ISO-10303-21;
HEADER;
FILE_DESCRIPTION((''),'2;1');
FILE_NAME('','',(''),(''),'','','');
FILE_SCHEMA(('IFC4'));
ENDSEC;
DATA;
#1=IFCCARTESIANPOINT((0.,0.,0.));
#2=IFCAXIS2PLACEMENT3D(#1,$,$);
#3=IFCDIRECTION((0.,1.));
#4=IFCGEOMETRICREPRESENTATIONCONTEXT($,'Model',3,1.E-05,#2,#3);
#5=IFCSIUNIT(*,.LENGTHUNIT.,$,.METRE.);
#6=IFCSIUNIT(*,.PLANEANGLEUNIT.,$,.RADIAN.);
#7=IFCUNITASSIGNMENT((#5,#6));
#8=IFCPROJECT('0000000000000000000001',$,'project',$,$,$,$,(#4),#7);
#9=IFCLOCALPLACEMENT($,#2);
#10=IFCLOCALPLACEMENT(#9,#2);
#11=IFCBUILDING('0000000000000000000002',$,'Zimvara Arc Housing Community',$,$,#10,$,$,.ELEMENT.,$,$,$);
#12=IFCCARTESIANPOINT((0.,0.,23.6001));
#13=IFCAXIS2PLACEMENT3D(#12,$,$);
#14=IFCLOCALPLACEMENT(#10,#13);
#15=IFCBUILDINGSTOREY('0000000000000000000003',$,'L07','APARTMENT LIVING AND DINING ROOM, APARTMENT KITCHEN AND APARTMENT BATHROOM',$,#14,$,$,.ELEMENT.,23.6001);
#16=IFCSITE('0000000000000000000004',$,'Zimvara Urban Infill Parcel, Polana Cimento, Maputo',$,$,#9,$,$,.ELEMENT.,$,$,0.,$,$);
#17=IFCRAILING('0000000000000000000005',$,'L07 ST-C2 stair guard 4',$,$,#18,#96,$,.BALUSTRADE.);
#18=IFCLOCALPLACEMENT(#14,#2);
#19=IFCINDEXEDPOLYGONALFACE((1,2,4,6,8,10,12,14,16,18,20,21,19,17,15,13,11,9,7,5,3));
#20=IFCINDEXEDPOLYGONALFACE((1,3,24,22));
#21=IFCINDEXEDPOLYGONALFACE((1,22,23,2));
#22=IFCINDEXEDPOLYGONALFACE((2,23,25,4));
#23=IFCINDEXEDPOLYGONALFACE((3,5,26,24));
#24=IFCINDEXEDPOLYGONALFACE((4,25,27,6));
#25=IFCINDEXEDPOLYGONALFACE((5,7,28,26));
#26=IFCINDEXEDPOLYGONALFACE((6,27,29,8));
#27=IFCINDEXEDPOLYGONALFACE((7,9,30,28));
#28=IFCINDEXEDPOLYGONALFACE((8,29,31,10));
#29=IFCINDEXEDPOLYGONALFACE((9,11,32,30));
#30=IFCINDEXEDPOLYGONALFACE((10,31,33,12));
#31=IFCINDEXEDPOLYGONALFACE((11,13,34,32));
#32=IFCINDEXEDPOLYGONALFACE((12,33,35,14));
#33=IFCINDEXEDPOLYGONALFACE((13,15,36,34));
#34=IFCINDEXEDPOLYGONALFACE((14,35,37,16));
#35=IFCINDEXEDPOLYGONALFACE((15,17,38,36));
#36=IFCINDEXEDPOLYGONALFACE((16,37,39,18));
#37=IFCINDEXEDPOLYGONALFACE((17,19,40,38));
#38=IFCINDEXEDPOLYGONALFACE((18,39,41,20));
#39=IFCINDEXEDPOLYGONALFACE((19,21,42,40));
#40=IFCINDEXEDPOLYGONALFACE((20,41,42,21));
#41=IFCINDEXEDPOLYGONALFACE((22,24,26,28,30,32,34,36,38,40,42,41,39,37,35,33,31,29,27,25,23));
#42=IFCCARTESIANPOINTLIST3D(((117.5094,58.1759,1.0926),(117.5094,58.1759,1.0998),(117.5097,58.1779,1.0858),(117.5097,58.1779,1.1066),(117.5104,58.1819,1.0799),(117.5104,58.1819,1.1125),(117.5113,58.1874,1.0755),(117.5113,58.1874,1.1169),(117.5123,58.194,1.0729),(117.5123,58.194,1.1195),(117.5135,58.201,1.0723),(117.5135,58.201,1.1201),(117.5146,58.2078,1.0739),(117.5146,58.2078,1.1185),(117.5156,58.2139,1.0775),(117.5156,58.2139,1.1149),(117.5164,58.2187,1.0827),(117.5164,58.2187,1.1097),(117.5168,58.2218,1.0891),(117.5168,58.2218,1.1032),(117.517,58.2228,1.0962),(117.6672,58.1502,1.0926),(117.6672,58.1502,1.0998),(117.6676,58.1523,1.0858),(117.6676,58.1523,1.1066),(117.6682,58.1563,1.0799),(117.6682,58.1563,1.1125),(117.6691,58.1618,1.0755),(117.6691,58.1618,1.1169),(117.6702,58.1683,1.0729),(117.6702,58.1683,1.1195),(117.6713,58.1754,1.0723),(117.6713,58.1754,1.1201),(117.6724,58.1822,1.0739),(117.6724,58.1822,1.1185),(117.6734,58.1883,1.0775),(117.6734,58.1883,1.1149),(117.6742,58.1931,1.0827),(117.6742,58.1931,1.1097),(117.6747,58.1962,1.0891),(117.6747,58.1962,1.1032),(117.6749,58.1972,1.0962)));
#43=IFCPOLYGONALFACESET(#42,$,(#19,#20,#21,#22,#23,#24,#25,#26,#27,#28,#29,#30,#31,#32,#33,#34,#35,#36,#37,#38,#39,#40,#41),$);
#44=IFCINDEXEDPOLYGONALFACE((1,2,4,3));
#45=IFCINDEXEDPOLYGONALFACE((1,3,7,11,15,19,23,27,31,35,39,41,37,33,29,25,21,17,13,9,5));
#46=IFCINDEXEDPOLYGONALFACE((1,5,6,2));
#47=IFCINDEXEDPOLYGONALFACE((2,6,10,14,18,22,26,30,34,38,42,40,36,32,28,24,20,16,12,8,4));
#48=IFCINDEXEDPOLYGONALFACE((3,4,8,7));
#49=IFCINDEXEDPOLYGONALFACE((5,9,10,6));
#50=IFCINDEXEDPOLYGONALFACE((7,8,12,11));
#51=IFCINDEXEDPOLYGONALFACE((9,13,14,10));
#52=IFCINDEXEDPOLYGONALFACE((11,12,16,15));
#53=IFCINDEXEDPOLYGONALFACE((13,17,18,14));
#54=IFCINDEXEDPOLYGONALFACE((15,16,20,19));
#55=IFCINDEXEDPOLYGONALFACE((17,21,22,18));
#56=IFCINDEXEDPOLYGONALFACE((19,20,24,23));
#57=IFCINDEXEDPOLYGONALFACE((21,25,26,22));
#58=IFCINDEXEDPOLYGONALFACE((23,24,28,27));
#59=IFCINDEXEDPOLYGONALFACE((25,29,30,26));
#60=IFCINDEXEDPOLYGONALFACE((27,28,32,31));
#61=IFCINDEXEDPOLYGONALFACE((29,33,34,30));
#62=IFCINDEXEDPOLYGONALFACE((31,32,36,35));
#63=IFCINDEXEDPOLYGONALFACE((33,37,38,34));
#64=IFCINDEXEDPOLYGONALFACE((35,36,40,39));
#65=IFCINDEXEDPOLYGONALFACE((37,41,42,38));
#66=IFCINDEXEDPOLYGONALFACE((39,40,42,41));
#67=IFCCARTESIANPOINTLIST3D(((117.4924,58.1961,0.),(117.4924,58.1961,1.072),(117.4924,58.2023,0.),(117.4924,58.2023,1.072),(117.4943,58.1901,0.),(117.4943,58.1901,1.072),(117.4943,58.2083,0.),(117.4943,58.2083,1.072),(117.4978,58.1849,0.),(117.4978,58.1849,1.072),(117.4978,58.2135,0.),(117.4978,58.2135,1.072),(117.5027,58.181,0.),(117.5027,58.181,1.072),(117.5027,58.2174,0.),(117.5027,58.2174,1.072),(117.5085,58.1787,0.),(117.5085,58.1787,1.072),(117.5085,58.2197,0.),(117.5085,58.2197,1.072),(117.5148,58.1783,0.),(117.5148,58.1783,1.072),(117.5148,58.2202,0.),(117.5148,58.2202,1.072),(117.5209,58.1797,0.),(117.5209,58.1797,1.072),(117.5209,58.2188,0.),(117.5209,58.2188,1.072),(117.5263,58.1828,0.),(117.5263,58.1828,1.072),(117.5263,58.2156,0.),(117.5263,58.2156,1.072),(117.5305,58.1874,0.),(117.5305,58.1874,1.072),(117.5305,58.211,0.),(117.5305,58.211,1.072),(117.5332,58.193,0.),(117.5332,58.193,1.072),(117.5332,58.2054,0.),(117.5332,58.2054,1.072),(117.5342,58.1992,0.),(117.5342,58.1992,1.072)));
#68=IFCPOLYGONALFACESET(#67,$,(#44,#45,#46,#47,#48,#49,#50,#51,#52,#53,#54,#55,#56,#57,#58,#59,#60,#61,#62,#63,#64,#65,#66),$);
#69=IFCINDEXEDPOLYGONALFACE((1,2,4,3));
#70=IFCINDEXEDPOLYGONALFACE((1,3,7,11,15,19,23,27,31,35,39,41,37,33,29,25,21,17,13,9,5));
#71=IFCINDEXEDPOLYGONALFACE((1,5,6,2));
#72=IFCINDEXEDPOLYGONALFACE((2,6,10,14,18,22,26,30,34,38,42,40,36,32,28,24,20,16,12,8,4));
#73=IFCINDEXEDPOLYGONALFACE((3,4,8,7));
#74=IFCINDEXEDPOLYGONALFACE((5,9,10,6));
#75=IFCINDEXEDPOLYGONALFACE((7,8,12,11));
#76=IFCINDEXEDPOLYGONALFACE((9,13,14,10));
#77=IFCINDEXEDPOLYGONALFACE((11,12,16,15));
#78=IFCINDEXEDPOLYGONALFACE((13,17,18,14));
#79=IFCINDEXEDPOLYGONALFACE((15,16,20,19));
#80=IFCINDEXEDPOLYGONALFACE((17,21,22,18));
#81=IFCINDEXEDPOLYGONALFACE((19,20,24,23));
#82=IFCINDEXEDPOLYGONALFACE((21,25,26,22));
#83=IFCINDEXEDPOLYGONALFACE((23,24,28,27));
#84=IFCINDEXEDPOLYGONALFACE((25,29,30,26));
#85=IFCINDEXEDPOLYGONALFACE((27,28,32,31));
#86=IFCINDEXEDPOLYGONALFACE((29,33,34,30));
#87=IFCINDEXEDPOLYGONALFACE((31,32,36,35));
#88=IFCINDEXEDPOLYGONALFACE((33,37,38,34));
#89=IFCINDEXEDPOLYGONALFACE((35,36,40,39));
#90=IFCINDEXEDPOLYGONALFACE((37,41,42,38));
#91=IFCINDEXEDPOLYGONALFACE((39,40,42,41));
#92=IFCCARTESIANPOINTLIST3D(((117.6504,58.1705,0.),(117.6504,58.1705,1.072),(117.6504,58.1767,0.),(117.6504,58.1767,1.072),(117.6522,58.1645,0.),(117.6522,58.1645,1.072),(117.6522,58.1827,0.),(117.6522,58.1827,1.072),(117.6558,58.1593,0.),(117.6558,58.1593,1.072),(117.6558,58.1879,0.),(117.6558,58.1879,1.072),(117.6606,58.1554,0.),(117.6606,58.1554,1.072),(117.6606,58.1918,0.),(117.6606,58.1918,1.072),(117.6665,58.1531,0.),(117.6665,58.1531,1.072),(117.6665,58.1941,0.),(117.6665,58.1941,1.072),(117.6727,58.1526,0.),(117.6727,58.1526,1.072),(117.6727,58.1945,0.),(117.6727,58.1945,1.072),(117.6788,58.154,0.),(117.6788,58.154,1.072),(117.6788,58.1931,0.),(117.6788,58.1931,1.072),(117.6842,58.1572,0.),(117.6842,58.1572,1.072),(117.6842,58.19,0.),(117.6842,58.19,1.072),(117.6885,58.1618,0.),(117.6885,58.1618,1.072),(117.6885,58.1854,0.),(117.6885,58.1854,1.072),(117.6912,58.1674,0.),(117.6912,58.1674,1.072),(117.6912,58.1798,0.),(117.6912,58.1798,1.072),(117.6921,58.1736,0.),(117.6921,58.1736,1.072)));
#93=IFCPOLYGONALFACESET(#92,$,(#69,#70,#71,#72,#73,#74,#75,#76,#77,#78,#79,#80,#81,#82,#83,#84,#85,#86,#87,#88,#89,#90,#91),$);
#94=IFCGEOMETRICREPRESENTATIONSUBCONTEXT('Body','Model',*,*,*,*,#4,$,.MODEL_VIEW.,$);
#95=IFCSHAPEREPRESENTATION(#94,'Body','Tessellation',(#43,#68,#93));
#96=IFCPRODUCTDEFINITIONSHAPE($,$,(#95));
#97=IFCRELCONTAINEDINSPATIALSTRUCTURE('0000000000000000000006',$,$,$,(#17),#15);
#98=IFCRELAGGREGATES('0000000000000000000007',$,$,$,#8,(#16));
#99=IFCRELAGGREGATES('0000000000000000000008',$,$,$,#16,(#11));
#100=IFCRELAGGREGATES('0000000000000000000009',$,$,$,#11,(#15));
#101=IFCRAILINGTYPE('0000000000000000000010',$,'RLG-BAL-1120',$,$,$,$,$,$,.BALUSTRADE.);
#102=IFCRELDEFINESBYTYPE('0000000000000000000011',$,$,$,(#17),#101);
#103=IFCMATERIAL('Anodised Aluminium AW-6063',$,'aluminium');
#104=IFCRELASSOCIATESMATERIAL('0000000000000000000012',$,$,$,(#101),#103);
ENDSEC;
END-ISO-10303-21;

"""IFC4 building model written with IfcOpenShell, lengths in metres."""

from ifc_helpers import new_model, si_unit, direction, frame, origin, origin_2d, place, context, subcontext, project, spatial, circle, extrude, material, type_object, element, save


model = new_model("IFC4")

# Units and contexts
model_context = context("Model", 3, precision=1e-05, world=origin(), true_north=direction((0.0, 1.0)))
body_context = subcontext(model_context, "Body", "Model", "MODEL_VIEW")
ifc_project = project(units=[si_unit("LENGTHUNIT", "METRE"), si_unit("PLANEANGLEUNIT", "RADIAN")], contexts=[model_context])

# Site, building, storey
site_placement = place(None, origin())
site = spatial("IfcSite", under=ifc_project, at=site_placement, Name="Zimvara Urban Infill Parcel, Polana Cimento, Maputo", CompositionType="ELEMENT", RefElevation=0.0)
building_placement = place(site_placement, origin())
building = spatial("IfcBuilding", under=site, at=building_placement, Name="Zimvara Arc Housing Community", CompositionType="ELEMENT")
storey_placement = place(building_placement, frame((0.0, 0.0, 23.6001)))
storey = spatial("IfcBuildingStorey", under=building, at=storey_placement, Name="L07", Description="APARTMENT LIVING AND DINING ROOM, APARTMENT KITCHEN AND APARTMENT BATHROOM", CompositionType="ELEMENT", Elevation=23.6001)

# Railing
ifc_material_1 = material(Name="Anodised Aluminium AW-6063", Category="aluminium")
railing_type_1 = type_object("IfcRailingType", Name="RLG-BAL-1120", PredefinedType="BALUSTRADE", material=ifc_material_1)
railing_1_placement = place(storey_placement, frame((117.5132, 58.1992, 0.0)))
element("IfcRailing", 1, at=railing_1_placement, inside=storey, type_object=railing_type_1, Name="L07 ST-C2 stair guard 4", PredefinedType="BALUSTRADE", context=body_context, shape_type="SweptSolid", body=[
    extrude(circle(Radius=0.0239, at=origin_2d()), frame((0.0, 0.0, 1.0962), z_axis=(0.987086, -0.160192, 0.0), x_axis=(0.160192, 0.987086, 0.0)), (0.0, 0.0, 1.0), 0.1599),
    extrude(circle(Radius=0.021, at=origin_2d()), origin(), (0.0, 0.0, 1.0), 1.072),
    extrude(circle(Radius=0.021, at=origin_2d()), frame((0.158, -0.0256, 0.0)), (0.0, 0.0, 1.0), 1.072),
])

save(model, "model.ifc")
